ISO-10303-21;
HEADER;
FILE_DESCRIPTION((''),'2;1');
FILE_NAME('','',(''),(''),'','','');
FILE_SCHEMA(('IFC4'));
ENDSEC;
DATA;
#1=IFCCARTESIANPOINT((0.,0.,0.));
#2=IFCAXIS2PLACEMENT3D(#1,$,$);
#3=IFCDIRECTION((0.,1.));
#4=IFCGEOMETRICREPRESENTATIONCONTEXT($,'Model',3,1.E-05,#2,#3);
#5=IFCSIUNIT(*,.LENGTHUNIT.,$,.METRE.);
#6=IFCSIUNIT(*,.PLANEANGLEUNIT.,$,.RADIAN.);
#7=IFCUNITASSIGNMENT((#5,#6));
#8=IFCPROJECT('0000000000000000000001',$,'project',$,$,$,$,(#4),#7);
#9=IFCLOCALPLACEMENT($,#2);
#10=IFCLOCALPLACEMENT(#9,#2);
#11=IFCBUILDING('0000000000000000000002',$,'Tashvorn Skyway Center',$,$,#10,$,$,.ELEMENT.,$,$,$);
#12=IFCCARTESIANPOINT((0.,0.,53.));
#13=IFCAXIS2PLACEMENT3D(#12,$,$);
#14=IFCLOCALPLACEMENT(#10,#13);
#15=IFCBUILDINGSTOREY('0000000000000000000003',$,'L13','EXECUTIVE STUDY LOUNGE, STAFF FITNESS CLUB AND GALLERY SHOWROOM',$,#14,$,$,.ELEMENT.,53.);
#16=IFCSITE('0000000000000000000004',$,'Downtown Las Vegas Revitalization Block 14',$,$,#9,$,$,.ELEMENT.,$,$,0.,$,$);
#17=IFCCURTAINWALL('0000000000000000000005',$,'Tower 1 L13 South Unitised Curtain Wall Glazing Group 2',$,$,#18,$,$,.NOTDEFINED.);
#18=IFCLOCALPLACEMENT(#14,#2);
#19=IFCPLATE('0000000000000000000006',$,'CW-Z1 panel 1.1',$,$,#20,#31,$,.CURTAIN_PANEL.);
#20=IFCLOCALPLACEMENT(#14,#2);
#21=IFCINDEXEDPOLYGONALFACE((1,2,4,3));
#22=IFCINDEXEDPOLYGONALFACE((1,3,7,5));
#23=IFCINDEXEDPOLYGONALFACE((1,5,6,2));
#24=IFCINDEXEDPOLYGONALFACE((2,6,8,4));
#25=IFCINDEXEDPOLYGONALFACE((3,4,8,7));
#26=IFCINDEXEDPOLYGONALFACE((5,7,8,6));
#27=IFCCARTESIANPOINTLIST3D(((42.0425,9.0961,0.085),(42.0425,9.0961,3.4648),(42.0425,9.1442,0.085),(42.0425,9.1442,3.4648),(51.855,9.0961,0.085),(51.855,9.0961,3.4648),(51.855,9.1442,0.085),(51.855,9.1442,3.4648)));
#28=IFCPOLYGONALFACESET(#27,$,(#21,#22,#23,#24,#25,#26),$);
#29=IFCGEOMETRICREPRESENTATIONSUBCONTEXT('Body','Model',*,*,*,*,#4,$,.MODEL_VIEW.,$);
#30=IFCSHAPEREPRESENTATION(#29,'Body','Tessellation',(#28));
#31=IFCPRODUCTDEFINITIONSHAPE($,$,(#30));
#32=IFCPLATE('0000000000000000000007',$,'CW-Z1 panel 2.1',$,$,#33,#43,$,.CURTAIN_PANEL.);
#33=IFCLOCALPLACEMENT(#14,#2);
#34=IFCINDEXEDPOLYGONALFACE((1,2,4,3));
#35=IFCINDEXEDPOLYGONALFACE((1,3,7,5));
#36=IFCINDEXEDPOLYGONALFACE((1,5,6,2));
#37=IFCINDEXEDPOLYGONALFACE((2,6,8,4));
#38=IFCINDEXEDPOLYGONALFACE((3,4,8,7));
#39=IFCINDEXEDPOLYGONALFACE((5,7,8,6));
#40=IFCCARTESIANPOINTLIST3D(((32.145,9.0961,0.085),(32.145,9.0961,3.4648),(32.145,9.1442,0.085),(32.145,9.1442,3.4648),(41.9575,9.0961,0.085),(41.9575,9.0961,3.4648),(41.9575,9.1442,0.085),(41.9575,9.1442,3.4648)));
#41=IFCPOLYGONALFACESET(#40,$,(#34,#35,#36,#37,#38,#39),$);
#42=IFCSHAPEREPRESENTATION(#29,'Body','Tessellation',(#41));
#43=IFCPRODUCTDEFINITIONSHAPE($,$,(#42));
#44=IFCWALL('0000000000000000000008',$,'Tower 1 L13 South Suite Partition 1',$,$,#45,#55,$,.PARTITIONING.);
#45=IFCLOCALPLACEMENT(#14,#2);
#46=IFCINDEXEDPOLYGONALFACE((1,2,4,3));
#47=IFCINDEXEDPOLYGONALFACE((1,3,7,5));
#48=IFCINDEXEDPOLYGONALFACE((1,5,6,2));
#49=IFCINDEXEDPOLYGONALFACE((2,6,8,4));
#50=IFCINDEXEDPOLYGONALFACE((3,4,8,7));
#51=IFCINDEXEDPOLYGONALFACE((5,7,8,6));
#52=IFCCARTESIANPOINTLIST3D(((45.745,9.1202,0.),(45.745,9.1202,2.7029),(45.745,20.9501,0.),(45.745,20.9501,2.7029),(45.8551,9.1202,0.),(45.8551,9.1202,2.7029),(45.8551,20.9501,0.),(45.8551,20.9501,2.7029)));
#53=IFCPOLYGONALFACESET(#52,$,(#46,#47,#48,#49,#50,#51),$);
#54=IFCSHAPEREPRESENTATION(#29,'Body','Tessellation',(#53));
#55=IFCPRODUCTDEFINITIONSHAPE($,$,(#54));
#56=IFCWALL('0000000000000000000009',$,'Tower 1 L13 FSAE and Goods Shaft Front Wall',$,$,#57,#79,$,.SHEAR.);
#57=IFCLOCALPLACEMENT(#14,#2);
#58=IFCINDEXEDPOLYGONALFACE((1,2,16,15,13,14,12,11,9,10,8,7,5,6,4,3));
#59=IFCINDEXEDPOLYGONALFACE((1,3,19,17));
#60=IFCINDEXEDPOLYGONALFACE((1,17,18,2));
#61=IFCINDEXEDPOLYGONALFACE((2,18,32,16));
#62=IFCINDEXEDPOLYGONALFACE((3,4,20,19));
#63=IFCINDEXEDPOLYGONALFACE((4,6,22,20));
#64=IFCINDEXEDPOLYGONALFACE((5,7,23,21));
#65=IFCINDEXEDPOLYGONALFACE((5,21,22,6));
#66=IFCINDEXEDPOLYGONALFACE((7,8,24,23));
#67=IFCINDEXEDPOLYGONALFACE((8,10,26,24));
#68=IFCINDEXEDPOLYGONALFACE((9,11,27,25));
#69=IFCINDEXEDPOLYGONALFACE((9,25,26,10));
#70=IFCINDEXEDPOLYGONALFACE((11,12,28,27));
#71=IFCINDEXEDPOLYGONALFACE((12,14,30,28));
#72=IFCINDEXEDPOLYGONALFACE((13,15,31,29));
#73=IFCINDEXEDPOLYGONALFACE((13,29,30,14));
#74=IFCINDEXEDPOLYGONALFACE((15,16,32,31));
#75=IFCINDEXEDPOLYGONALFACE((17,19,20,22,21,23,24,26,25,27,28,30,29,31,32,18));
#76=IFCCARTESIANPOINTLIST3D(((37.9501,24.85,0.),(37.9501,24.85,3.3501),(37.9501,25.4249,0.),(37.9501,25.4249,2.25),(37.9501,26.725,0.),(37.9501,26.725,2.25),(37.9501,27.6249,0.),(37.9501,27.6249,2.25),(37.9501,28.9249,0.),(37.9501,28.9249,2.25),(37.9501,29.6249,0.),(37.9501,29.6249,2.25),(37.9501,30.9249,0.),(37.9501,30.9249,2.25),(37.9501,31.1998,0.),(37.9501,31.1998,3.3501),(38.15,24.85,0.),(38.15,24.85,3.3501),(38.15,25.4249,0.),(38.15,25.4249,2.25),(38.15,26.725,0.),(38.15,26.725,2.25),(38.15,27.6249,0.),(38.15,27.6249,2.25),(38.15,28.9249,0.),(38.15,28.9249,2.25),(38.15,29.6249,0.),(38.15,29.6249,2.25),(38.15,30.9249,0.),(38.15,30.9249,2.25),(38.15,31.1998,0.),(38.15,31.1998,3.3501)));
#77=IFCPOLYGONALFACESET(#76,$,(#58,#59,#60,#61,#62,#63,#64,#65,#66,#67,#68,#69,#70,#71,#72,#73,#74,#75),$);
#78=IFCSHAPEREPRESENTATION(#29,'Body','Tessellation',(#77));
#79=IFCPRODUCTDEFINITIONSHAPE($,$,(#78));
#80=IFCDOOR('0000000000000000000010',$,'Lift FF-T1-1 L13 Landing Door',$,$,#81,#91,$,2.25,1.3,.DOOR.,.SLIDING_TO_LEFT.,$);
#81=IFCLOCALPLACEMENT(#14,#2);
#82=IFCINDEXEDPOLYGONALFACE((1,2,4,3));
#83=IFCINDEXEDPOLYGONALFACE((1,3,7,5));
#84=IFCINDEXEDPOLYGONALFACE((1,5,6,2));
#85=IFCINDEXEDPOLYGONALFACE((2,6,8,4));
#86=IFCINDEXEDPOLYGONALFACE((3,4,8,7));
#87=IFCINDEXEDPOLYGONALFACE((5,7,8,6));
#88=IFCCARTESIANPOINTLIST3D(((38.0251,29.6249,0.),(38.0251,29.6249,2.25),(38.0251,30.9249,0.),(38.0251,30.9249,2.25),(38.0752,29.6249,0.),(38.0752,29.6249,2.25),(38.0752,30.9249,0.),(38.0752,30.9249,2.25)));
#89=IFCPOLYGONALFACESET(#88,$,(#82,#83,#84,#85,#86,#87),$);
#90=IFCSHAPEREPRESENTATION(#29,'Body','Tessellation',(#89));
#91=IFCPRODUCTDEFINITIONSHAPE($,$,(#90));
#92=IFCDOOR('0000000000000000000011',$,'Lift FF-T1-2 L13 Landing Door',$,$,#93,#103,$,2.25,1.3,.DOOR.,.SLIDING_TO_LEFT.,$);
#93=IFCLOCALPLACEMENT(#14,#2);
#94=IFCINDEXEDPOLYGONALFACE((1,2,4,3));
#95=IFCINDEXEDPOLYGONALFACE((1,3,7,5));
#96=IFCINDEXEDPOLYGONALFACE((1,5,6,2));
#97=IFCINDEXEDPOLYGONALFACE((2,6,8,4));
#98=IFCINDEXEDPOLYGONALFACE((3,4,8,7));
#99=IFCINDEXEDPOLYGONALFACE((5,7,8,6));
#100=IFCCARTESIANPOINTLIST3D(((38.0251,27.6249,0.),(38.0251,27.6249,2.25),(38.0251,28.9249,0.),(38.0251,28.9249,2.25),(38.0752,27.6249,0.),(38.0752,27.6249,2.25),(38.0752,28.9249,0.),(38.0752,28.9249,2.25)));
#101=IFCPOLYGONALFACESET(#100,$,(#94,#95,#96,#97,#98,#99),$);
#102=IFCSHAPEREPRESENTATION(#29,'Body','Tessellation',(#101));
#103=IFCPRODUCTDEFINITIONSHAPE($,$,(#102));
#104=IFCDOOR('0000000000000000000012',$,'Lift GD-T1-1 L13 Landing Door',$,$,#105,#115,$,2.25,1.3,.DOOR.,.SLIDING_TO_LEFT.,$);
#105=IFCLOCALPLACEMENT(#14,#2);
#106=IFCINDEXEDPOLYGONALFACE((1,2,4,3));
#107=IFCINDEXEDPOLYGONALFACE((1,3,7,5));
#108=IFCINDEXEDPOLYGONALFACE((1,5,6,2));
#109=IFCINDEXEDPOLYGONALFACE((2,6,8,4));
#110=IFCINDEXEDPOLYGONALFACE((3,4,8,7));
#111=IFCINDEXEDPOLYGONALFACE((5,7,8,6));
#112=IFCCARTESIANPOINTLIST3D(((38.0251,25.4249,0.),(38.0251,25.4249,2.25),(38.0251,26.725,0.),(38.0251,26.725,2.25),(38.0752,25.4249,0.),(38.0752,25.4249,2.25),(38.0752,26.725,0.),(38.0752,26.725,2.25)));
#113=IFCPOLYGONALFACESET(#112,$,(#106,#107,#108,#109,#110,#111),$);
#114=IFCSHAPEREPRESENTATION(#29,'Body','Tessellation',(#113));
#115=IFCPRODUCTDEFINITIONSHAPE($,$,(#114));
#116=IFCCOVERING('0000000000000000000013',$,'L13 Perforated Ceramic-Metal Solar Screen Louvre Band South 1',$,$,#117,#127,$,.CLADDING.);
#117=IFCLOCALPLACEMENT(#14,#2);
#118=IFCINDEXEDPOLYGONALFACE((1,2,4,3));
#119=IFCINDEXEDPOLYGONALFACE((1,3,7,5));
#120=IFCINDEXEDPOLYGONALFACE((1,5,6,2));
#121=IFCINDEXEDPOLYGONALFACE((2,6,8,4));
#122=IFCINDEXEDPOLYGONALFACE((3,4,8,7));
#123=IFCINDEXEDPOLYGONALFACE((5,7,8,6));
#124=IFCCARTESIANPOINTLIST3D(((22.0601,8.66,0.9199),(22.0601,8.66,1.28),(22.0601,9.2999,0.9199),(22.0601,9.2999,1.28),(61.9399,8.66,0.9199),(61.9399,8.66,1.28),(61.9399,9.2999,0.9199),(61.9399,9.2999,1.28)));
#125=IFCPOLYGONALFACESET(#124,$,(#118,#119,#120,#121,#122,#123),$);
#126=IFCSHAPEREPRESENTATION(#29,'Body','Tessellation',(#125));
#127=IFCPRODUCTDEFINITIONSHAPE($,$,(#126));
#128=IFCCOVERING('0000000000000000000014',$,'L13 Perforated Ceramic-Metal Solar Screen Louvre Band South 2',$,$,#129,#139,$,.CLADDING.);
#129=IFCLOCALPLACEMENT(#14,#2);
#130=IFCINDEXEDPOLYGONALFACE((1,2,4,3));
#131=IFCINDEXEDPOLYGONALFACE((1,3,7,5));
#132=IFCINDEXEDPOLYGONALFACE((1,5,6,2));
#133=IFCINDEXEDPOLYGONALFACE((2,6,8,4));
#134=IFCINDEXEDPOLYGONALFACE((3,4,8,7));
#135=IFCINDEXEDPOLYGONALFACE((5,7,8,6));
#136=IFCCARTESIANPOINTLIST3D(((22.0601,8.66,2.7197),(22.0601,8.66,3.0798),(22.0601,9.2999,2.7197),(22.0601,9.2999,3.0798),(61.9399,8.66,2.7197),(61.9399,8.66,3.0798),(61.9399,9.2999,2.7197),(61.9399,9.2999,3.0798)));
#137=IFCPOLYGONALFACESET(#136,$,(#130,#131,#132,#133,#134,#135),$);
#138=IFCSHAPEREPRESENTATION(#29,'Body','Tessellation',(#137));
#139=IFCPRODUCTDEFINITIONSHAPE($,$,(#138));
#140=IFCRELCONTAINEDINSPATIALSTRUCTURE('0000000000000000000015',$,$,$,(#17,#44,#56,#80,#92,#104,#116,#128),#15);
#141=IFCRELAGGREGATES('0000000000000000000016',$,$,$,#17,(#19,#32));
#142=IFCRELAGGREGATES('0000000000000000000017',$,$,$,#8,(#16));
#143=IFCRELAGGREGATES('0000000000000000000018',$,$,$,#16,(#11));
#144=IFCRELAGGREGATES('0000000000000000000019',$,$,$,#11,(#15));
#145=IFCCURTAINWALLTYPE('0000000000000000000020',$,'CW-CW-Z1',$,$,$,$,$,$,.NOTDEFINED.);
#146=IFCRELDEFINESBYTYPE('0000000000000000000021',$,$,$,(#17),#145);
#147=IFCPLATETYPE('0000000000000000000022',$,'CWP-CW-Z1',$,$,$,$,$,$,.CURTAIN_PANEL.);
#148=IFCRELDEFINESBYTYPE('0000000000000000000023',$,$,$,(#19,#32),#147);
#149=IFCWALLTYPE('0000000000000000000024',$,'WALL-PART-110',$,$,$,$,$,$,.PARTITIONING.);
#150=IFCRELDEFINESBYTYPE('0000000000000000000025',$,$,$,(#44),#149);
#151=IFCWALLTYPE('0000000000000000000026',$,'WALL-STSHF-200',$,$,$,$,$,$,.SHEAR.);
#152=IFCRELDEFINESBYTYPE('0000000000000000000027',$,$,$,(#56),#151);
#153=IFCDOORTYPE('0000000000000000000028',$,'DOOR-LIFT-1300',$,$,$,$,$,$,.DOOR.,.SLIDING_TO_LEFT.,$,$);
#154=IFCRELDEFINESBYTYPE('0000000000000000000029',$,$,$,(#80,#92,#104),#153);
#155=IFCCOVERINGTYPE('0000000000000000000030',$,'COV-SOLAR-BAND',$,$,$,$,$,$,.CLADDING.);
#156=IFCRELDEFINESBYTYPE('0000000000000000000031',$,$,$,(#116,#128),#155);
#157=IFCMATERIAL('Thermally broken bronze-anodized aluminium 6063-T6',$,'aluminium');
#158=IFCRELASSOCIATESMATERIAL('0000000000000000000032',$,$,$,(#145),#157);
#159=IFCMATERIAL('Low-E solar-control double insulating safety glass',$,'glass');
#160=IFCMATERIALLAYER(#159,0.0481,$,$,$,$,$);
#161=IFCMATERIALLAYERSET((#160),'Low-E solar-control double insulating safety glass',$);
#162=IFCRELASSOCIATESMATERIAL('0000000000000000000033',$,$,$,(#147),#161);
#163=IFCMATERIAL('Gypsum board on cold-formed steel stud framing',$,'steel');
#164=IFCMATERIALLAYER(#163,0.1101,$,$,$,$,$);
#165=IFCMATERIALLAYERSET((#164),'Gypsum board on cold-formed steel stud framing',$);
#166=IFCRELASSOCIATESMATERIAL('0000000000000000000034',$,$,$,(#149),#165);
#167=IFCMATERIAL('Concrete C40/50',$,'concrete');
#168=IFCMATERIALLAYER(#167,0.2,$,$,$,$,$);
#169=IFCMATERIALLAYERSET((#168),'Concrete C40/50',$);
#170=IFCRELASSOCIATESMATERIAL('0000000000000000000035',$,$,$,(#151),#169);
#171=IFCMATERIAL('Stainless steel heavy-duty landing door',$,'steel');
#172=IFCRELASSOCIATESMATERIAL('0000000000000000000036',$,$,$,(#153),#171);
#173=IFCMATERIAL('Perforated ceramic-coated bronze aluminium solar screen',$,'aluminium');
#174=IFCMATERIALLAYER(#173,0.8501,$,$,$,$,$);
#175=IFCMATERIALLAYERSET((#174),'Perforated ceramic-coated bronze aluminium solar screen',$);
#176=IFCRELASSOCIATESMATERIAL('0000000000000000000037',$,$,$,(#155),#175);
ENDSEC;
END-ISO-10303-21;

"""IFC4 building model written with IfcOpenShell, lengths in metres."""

from ifc_helpers import new_model, si_unit, direction, frame, frame_2d, origin, origin_2d, place, context, subcontext, project, spatial, rectangle, extrude, material, layer, layer_set, type_object, element, fill, aggregate, save


model = new_model("IFC4")

# Units and contexts
model_context = context("Model", 3, precision=1e-05, world=origin(), true_north=direction((0.0, 1.0)))
body_context = subcontext(model_context, "Body", "Model", "MODEL_VIEW")
ifc_project = project(units=[si_unit("LENGTHUNIT", "METRE"), si_unit("PLANEANGLEUNIT", "RADIAN")], contexts=[model_context])

# Site, building, storey
site_placement = place(None, origin())
site = spatial("IfcSite", under=ifc_project, at=site_placement, Name="Downtown Las Vegas Revitalization Block 14", CompositionType="ELEMENT", RefElevation=0.0)
building_placement = place(site_placement, origin())
building = spatial("IfcBuilding", under=site, at=building_placement, Name="Tashvorn Skyway Center", CompositionType="ELEMENT")
storey_placement = place(building_placement, frame((0.0, 0.0, 53.0)))
storey = spatial("IfcBuildingStorey", under=building, at=storey_placement, Name="L13", Description="EXECUTIVE STUDY LOUNGE, STAFF FITNESS CLUB AND GALLERY SHOWROOM", CompositionType="ELEMENT", Elevation=53.0)

# Curtain wall, plates
ifc_material_1 = material(Name="Thermally broken bronze-anodized aluminium 6063-T6", Category="aluminium")
curtain_wall_type = type_object("IfcCurtainWallType", Name="CW-CW-Z1", PredefinedType="NOTDEFINED", material=ifc_material_1)
curtain_wall_placement = place(storey_placement, origin())
curtain_wall = element("IfcCurtainWall", 1, at=curtain_wall_placement, inside=storey, type_object=curtain_wall_type, Name="Tower 1 L13 South Unitised Curtain Wall Glazing Group 2", PredefinedType="NOTDEFINED")
ifc_material_2 = material(Name="Low-E solar-control double insulating safety glass", Category="glass")
ifc_layer_1 = layer(ifc_material_2, 0.0481)
ifc_layer_set_1 = layer_set([ifc_layer_1], Name="Low-E solar-control double insulating safety glass")
plate_type = type_object("IfcPlateType", Name="CWP-CW-Z1", PredefinedType="CURTAIN_PANEL", material=ifc_layer_set_1)
plate_1_placement = place(storey_placement, frame((46.9487, 9.1201, 0.085), z_axis=(0.0, 0.0, 1.0), x_axis=(-1.0, 0.0, 0.0)))
plate_1 = element("IfcPlate", 2, at=plate_1_placement, type_object=plate_type, Name="CW-Z1 panel 1.1", PredefinedType="CURTAIN_PANEL", context=body_context, shape_type="SweptSolid", body=[
    extrude(rectangle(XDim=9.8125, YDim=0.0481, at=origin_2d()), origin(), (0.0, 0.0, 1.0), 3.3799),
])
plate_2_placement = place(storey_placement, frame((37.0513, 9.1201, 0.085), z_axis=(0.0, 0.0, 1.0), x_axis=(-1.0, 0.0, 0.0)))
plate_2 = element("IfcPlate", 3, at=plate_2_placement, type_object=plate_type, Name="CW-Z1 panel 2.1", PredefinedType="CURTAIN_PANEL", context=body_context, shape_type="SweptSolid", body=[
    extrude(rectangle(XDim=9.8125, YDim=0.0481, at=origin_2d()), origin(), (0.0, 0.0, 1.0), 3.3799),
])
aggregate(curtain_wall, [plate_1, plate_2])

# Wall
ifc_material_3 = material(Name="Gypsum board on cold-formed steel stud framing", Category="steel")
ifc_layer_2 = layer(ifc_material_3, 0.1101)
ifc_layer_set_2 = layer_set([ifc_layer_2], Name="Gypsum board on cold-formed steel stud framing")
wall_type_1 = type_object("IfcWallType", Name="WALL-PART-110", PredefinedType="PARTITIONING", material=ifc_layer_set_2)
wall_1_placement = place(storey_placement, frame((45.8, 9.1201, 0.0), z_axis=(0.0, 0.0, 1.0), x_axis=(0.0, 1.0, 0.0)))
element("IfcWall", 4, at=wall_1_placement, inside=storey, type_object=wall_type_1, Name="Tower 1 L13 South Suite Partition 1", PredefinedType="PARTITIONING", context=body_context, shape_type="SweptSolid", body=[
    extrude(rectangle(XDim=11.8298, YDim=0.1101, at=frame_2d((5.915, 0.0))), origin(), (0.0, 0.0, 1.0), 2.7029),
])

# Wall, openings, doors
ifc_material_4 = material(Name="Concrete C40/50", Category="concrete")
ifc_layer_3 = layer(ifc_material_4, 0.2)
ifc_layer_set_3 = layer_set([ifc_layer_3], Name="Concrete C40/50")
wall_type_2 = type_object("IfcWallType", Name="WALL-STSHF-200", PredefinedType="SHEAR", material=ifc_layer_set_3)
wall_2_placement = place(storey_placement, frame((38.05, 24.8501, 0.0), z_axis=(0.0, 0.0, 1.0), x_axis=(0.0, 1.0, 0.0)))
wall_2 = element("IfcWall", 5, at=wall_2_placement, inside=storey, type_object=wall_type_2, Name="Tower 1 L13 FSAE and Goods Shaft Front Wall", PredefinedType="SHEAR", context=body_context, shape_type="SweptSolid", body=[
    extrude(rectangle(XDim=6.3499, YDim=0.2, at=frame_2d((3.1748, 0.0))), origin(), (0.0, 0.0, 1.0), 3.3501),
])
opening_1_placement = place(wall_2_placement, frame((4.7749, 0.0, 0.0)))
opening_1 = element("IfcOpeningElement", 6, at=opening_1_placement, cuts=wall_2, PredefinedType="OPENING", context=body_context, shape_type="SweptSolid", body=[
    extrude(rectangle(XDim=1.3, YDim=2.25, at=frame_2d((0.6499, 1.125))), frame((0.0, 0.1099, 0.0), z_axis=(0.0, -1.0, 0.0), x_axis=(1.0, 0.0, 0.0)), (0.0, 0.0, 1.0), 0.22),
])
opening_2_placement = place(wall_2_placement, frame((2.7749, 0.0, 0.0)))
opening_2 = element("IfcOpeningElement", 7, at=opening_2_placement, cuts=wall_2, PredefinedType="OPENING", context=body_context, shape_type="SweptSolid", body=[
    extrude(rectangle(XDim=1.3, YDim=2.25, at=frame_2d((0.6499, 1.125))), frame((0.0, 0.1099, 0.0), z_axis=(0.0, -1.0, 0.0), x_axis=(1.0, 0.0, 0.0)), (0.0, 0.0, 1.0), 0.22),
])
opening_3_placement = place(wall_2_placement, frame((0.575, 0.0, 0.0)))
opening_3 = element("IfcOpeningElement", 8, at=opening_3_placement, cuts=wall_2, PredefinedType="OPENING", context=body_context, shape_type="SweptSolid", body=[
    extrude(rectangle(XDim=1.3, YDim=2.25, at=frame_2d((0.6499, 1.125))), frame((0.0, 0.1099, 0.0), z_axis=(0.0, -1.0, 0.0), x_axis=(1.0, 0.0, 0.0)), (0.0, 0.0, 1.0), 0.22),
])
ifc_material_5 = material(Name="Stainless steel heavy-duty landing door", Category="steel")
door_type = type_object("IfcDoorType", Name="DOOR-LIFT-1300", OperationType="SLIDING_TO_LEFT", PredefinedType="DOOR", material=ifc_material_5)
door_1_placement = place(opening_1_placement, origin())
door_1 = element("IfcDoor", 9, at=door_1_placement, inside=storey, type_object=door_type, Name="Lift FF-T1-1 L13 Landing Door", OperationType="SLIDING_TO_LEFT", OverallHeight=2.25, OverallWidth=1.3, PredefinedType="DOOR", context=body_context, shape_type="SweptSolid", body=[
    extrude(rectangle(XDim=1.3, YDim=2.25, at=frame_2d((0.6499, 1.125))), frame((0.0, 0.0249, 0.0), z_axis=(0.0, -1.0, 0.0), x_axis=(1.0, 0.0, 0.0)), (0.0, 0.0, 1.0), 0.05),
])
fill(opening_1, door_1)
door_2_placement = place(opening_2_placement, origin())
door_2 = element("IfcDoor", 10, at=door_2_placement, inside=storey, type_object=door_type, Name="Lift FF-T1-2 L13 Landing Door", OperationType="SLIDING_TO_LEFT", OverallHeight=2.25, OverallWidth=1.3, PredefinedType="DOOR", context=body_context, shape_type="SweptSolid", body=[
    extrude(rectangle(XDim=1.3, YDim=2.25, at=frame_2d((0.6499, 1.125))), frame((0.0, 0.0249, 0.0), z_axis=(0.0, -1.0, 0.0), x_axis=(1.0, 0.0, 0.0)), (0.0, 0.0, 1.0), 0.05),
])
fill(opening_2, door_2)
door_3_placement = place(opening_3_placement, origin())
door_3 = element("IfcDoor", 11, at=door_3_placement, inside=storey, type_object=door_type, Name="Lift GD-T1-1 L13 Landing Door", OperationType="SLIDING_TO_LEFT", OverallHeight=2.25, OverallWidth=1.3, PredefinedType="DOOR", context=body_context, shape_type="SweptSolid", body=[
    extrude(rectangle(XDim=1.3, YDim=2.25, at=frame_2d((0.6499, 1.125))), frame((0.0, 0.0249, 0.0), z_axis=(0.0, -1.0, 0.0), x_axis=(1.0, 0.0, 0.0)), (0.0, 0.0, 1.0), 0.05),
])
fill(opening_3, door_3)

# Coverings
ifc_material_6 = material(Name="Perforated ceramic-coated bronze aluminium solar screen", Category="aluminium")
ifc_layer_4 = layer(ifc_material_6, 0.8501)
ifc_layer_set_4 = layer_set([ifc_layer_4], Name="Perforated ceramic-coated bronze aluminium solar screen")
covering_type = type_object("IfcCoveringType", Name="COV-SOLAR-BAND", PredefinedType="CLADDING", material=ifc_layer_set_4)
for number, where, z_axis, x_axis, name in (
    (12, (42.0, 8.98, 0.9199), (0.0, 0.0, 1.0), (-1.0, 0.0, 0.0), "L13 Perforated Ceramic-Metal Solar Screen Louvre Band South 1"),
    (13, (42.0, 8.98, 2.7197), (0.0, 0.0, 1.0), (-1.0, 0.0, 0.0), "L13 Perforated Ceramic-Metal Solar Screen Louvre Band South 2"),
):
    element("IfcCovering", number, at=place(storey_placement, frame(where, z_axis=z_axis, x_axis=x_axis)), inside=storey, type_object=covering_type, Name=name, PredefinedType="CLADDING", context=body_context, shape_type="SweptSolid", body=[
        extrude(rectangle(XDim=39.8799, YDim=0.6399, at=origin_2d()), origin(), (0.0, 0.0, 1.0), 0.3601),
    ])

save(model, "model.ifc")
